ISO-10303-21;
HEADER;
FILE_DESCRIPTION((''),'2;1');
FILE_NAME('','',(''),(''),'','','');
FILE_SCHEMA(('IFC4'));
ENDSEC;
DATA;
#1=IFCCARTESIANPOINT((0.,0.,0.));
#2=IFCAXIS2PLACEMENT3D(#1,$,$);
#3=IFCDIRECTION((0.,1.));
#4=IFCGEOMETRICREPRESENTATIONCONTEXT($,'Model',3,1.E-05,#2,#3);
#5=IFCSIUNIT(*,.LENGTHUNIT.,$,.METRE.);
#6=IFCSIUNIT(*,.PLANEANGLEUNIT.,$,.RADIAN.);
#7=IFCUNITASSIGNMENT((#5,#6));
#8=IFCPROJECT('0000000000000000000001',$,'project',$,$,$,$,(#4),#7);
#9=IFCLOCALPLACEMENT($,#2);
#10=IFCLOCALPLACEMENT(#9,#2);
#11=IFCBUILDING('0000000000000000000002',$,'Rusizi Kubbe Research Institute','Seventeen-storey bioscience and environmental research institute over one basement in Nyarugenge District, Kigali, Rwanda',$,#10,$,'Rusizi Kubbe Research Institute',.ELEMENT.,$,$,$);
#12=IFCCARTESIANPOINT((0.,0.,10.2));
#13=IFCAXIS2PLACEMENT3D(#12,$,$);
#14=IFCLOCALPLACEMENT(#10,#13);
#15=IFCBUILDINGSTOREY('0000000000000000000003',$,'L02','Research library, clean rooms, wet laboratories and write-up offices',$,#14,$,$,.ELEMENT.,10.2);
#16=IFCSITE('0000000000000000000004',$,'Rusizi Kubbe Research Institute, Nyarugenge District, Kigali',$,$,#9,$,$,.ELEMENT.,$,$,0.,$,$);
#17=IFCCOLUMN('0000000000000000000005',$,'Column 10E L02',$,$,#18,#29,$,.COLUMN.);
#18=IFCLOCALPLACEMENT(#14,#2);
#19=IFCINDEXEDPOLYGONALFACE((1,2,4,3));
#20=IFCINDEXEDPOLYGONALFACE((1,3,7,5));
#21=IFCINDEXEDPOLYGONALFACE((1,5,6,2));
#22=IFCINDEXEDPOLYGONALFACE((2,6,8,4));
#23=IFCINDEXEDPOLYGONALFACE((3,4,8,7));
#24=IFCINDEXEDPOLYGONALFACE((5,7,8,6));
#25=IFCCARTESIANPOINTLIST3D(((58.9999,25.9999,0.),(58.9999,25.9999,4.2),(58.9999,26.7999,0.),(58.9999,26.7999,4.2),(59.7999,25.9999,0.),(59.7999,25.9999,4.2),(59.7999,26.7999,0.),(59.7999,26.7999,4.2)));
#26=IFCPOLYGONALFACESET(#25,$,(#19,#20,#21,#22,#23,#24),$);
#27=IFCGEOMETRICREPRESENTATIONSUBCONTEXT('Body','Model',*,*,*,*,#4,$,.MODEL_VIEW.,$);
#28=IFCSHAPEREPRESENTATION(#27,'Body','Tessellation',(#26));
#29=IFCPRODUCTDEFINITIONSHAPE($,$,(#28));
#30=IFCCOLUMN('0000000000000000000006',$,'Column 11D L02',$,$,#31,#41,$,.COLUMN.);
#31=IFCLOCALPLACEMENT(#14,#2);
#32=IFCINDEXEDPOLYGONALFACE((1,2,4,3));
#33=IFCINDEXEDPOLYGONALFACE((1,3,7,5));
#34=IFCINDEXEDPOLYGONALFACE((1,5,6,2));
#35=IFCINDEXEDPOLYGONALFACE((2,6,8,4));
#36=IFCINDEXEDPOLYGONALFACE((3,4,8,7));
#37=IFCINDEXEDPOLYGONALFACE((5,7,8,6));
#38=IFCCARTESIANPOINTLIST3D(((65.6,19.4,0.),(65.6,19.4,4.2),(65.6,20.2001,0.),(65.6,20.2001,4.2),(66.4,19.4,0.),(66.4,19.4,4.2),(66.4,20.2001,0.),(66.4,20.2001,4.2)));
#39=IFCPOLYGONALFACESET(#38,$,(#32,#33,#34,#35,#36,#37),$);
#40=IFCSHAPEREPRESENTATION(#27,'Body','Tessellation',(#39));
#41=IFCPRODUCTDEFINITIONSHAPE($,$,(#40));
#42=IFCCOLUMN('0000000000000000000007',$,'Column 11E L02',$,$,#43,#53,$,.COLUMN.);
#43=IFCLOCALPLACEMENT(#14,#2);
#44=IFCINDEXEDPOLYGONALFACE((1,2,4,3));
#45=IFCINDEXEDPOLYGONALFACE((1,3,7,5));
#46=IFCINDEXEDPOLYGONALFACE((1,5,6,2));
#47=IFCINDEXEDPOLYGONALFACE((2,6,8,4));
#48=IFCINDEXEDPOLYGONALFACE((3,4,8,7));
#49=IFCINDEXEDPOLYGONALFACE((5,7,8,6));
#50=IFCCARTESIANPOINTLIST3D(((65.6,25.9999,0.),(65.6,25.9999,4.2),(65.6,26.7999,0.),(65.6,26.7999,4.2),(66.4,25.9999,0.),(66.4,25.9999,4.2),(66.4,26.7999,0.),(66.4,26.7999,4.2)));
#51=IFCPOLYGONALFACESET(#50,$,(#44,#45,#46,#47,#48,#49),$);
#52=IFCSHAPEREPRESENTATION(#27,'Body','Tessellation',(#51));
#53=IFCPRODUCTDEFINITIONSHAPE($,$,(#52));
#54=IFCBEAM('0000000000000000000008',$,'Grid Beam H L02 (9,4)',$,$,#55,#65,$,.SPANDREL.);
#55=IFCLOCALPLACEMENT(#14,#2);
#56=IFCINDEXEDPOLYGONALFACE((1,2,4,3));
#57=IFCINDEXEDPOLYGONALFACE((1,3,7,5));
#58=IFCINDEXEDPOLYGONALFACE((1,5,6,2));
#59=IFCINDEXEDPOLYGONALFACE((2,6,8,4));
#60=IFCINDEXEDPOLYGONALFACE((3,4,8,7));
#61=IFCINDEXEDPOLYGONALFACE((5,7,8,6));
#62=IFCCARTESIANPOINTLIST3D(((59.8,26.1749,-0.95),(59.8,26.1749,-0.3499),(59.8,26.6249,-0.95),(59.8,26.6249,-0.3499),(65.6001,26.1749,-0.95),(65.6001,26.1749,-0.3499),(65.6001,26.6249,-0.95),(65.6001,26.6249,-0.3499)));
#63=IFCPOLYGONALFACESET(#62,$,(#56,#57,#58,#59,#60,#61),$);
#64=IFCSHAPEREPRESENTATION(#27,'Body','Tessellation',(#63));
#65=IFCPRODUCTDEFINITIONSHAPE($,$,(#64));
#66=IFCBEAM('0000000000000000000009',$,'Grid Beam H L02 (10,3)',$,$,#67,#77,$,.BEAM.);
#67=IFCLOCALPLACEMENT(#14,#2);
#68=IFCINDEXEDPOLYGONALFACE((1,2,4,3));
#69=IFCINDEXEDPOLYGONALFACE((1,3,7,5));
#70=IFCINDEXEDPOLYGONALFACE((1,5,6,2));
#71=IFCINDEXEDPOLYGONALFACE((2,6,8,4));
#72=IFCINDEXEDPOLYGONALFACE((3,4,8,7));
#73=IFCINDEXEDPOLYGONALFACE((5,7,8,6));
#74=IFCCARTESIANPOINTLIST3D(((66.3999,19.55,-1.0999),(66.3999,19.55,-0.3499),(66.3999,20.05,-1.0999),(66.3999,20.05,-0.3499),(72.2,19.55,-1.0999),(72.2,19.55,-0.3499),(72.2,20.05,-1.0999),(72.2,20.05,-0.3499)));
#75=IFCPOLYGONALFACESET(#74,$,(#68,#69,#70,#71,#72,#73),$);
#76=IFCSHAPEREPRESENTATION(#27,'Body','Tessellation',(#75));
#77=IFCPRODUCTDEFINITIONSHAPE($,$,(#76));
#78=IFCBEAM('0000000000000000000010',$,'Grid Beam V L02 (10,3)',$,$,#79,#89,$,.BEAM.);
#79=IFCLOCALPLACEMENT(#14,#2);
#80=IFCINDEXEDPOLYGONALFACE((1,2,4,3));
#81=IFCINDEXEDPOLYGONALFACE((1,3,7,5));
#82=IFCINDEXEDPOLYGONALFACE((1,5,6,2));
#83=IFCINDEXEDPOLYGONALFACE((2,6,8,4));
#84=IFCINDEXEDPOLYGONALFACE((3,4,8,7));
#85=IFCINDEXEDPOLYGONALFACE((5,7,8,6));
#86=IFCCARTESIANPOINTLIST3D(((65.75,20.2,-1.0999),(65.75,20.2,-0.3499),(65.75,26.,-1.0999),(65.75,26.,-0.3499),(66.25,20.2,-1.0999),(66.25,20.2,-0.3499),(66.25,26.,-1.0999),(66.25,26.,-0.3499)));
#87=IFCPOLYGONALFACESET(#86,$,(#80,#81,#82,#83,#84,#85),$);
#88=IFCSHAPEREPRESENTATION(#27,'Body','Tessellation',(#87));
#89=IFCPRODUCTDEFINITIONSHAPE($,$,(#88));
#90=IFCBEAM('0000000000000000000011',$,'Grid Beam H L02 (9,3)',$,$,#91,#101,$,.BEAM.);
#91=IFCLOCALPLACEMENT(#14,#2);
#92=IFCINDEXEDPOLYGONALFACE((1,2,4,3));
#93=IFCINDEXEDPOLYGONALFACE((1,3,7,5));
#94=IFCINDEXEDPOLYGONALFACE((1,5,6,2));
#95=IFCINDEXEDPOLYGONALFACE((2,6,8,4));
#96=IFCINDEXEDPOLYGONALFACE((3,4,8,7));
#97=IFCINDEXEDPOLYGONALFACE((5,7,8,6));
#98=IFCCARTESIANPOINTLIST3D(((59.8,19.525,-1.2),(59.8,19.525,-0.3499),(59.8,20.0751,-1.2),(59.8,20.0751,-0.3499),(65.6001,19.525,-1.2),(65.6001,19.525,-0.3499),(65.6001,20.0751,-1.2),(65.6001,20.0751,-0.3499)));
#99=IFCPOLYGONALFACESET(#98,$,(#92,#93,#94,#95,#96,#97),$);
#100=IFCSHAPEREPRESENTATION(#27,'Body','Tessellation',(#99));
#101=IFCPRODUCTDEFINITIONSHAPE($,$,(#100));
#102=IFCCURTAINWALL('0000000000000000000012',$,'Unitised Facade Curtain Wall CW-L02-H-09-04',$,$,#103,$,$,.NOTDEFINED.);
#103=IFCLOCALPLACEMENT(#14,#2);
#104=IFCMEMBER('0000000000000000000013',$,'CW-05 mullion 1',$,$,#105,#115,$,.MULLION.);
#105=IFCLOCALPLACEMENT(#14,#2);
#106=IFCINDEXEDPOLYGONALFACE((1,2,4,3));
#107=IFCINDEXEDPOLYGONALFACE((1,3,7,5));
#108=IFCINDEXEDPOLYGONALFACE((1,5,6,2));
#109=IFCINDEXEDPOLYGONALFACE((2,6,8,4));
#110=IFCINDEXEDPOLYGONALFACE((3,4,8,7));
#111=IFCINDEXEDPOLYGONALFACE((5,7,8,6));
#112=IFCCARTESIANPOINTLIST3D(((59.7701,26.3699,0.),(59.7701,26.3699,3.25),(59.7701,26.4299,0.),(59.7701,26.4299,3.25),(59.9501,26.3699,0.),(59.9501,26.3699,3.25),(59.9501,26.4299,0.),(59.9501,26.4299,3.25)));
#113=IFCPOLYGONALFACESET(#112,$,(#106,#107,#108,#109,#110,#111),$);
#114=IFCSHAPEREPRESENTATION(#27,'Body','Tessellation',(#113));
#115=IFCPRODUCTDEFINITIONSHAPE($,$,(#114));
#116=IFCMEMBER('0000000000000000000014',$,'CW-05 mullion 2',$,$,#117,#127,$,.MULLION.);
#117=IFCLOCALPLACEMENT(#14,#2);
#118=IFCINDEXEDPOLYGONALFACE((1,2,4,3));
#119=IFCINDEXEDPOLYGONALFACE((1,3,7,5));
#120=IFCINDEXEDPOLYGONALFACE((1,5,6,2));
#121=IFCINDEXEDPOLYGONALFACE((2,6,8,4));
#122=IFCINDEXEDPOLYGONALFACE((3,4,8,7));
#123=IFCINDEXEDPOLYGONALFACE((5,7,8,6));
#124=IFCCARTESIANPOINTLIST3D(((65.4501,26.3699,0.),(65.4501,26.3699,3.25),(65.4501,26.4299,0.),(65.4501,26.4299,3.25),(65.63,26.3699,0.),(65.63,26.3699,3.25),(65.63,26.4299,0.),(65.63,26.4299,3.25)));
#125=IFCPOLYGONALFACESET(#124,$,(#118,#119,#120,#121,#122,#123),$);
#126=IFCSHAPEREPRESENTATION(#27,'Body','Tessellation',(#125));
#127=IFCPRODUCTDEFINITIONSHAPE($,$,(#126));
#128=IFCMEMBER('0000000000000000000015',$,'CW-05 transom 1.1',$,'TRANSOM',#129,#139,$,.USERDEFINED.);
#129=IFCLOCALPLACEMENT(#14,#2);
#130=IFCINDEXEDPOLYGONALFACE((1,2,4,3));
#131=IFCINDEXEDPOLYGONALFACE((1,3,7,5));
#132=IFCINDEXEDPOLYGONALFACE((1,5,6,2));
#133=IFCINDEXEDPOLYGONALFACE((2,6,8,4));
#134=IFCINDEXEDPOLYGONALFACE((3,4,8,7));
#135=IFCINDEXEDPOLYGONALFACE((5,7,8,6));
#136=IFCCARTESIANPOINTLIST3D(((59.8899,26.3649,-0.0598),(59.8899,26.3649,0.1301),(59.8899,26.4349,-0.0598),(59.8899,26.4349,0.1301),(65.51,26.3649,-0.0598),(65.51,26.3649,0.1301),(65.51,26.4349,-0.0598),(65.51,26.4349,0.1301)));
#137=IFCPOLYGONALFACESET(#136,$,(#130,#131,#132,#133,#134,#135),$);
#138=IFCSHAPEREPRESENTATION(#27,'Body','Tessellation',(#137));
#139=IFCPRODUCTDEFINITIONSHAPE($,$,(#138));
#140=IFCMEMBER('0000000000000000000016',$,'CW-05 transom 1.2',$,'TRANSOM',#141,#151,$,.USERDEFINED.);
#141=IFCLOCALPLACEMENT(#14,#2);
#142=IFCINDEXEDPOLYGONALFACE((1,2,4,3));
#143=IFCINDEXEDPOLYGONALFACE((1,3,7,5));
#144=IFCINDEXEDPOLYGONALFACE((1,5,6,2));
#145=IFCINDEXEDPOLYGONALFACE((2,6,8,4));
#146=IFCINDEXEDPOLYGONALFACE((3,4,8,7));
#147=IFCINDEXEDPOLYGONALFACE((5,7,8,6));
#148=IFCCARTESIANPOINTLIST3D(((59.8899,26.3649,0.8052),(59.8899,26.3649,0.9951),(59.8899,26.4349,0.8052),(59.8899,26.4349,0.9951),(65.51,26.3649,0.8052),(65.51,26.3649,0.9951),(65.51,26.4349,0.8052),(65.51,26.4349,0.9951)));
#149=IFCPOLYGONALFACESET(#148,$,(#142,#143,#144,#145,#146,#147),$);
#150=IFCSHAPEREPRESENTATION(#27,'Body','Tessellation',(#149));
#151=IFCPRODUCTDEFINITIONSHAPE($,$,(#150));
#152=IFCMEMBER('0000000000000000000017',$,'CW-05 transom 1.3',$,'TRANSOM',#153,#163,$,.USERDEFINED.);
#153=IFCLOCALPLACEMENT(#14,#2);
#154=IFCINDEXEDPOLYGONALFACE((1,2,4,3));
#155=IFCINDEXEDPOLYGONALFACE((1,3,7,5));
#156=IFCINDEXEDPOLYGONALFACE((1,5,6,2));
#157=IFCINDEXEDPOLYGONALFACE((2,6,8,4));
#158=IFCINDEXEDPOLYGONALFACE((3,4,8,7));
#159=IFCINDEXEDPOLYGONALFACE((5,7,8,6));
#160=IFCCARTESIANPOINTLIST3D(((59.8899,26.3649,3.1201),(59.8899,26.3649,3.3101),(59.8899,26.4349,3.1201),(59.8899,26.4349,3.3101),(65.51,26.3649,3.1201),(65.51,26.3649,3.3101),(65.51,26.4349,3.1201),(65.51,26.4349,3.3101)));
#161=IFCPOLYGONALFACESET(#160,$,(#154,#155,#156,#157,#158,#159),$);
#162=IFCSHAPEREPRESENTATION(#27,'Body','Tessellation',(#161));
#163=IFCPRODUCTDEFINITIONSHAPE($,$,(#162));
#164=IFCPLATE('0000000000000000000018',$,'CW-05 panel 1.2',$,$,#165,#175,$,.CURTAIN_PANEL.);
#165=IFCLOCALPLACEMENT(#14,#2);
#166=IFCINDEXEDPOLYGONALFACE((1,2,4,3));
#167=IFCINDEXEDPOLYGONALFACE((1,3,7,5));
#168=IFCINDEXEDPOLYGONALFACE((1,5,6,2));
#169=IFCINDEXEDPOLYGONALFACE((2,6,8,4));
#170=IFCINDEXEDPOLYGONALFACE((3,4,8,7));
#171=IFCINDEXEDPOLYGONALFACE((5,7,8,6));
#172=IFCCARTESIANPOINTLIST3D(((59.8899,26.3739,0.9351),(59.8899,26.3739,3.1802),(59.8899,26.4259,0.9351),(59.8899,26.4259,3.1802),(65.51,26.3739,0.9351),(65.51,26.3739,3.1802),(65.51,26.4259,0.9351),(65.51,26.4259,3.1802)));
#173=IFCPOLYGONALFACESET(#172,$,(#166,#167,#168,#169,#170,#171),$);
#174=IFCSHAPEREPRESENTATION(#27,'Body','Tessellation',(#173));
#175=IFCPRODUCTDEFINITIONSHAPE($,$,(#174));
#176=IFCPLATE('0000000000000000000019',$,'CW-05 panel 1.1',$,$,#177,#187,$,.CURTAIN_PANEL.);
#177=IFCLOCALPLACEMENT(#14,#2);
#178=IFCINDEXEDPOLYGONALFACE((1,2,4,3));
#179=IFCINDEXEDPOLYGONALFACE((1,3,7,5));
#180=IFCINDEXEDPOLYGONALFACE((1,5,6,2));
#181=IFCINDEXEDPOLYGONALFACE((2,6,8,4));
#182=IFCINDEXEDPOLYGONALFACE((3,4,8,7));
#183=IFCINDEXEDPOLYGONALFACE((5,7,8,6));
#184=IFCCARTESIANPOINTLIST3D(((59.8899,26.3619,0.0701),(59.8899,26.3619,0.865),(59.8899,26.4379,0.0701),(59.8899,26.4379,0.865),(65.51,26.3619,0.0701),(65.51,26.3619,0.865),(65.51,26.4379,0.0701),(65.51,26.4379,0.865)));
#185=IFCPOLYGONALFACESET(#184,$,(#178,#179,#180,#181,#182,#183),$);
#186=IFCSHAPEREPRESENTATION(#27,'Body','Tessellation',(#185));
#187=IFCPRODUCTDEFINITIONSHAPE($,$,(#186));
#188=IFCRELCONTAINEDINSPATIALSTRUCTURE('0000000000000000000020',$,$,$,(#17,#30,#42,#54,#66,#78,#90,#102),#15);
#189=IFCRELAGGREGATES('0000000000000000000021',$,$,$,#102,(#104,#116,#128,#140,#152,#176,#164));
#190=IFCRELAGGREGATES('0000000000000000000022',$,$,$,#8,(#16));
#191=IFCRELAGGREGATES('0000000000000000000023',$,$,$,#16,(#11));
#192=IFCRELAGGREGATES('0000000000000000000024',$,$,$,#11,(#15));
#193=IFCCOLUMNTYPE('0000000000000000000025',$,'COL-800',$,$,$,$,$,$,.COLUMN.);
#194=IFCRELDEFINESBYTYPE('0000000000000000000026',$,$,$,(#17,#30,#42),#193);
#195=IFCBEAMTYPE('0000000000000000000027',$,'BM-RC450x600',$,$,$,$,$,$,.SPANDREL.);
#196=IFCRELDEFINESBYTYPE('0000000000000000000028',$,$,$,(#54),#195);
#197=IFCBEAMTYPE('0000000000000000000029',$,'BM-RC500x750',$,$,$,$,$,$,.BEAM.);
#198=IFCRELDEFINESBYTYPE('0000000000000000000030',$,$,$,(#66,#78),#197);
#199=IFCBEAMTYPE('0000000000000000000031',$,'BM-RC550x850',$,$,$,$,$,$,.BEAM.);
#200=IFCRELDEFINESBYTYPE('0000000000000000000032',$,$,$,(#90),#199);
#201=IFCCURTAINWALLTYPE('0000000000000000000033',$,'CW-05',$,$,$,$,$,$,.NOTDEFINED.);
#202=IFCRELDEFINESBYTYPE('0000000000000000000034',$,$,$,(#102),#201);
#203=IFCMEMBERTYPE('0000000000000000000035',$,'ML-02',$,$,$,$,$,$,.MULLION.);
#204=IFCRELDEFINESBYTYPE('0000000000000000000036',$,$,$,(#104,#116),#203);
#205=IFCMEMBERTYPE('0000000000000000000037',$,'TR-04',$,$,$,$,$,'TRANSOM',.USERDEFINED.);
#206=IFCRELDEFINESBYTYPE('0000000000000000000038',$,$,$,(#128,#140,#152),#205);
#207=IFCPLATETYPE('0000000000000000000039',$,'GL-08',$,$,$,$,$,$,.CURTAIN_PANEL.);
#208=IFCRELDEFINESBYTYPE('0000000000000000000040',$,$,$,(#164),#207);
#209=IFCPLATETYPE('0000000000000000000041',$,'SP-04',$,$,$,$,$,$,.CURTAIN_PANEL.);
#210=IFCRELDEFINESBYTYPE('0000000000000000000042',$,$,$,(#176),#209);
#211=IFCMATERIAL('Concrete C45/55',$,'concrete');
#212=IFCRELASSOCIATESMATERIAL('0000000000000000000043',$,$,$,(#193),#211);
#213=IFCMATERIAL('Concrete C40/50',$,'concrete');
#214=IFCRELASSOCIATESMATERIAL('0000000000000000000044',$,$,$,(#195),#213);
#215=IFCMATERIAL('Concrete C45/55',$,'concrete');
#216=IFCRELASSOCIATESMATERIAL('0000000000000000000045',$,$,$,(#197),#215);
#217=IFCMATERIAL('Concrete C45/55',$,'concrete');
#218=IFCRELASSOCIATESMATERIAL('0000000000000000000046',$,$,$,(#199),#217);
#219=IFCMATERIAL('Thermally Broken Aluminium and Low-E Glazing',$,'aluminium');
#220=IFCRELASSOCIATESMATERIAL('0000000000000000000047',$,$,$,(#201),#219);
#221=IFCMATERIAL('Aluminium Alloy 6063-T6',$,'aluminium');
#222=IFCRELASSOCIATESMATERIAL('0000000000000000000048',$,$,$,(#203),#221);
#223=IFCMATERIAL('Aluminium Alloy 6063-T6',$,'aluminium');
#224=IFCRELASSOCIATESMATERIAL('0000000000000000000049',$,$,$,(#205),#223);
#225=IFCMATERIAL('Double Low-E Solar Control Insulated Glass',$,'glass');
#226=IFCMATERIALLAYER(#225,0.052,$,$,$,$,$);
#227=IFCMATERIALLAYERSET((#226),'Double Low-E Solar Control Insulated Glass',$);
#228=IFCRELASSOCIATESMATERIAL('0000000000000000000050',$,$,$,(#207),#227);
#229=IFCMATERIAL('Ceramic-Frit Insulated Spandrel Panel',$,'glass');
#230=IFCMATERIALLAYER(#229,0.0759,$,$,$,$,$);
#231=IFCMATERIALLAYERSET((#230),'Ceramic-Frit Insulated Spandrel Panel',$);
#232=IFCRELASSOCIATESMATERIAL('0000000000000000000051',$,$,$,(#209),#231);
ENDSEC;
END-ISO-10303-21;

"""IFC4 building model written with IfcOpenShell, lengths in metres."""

from ifc_helpers import new_model, si_unit, direction, frame, origin, origin_2d, place, context, subcontext, project, spatial, rectangle, extrude, material, layer, layer_set, material_profile, profile_set, type_object, element, aggregate, save


model = new_model("IFC4")

# Units and contexts
model_context = context("Model", 3, precision=1e-05, world=origin(), true_north=direction((0.0, 1.0)))
body_context = subcontext(model_context, "Body", "Model", "MODEL_VIEW")
ifc_project = project(units=[si_unit("LENGTHUNIT", "METRE"), si_unit("PLANEANGLEUNIT", "RADIAN")], contexts=[model_context])

# Site, building, storey
site_placement = place(None, origin())
site = spatial("IfcSite", under=ifc_project, at=site_placement, Name="Rusizi Kubbe Research Institute, Nyarugenge District, Kigali", CompositionType="ELEMENT", RefElevation=0.0)
building_placement = place(site_placement, origin())
building = spatial("IfcBuilding", under=site, at=building_placement, Name="Rusizi Kubbe Research Institute", Description="Seventeen-storey bioscience and environmental research institute over one basement in Nyarugenge District, Kigali, Rwanda", LongName="Rusizi Kubbe Research Institute", CompositionType="ELEMENT")
storey_placement = place(building_placement, frame((0.0, 0.0, 10.2)))
storey = spatial("IfcBuildingStorey", under=building, at=storey_placement, Name="L02", Description="Research library, clean rooms, wet laboratories and write-up offices", CompositionType="ELEMENT", Elevation=10.2)

# Columns
ifc_material_1 = material(Name="Concrete C45/55", Category="concrete")
ifc_material_profile_1 = material_profile(ifc_material_1, rectangle(XDim=0.8, YDim=0.8, at=origin_2d()), Name="RC800x800")
ifc_profile_set_1 = profile_set([ifc_material_profile_1], Name="Concrete C45/55")
column_type = type_object("IfcColumnType", Name="COL-800", PredefinedType="COLUMN", material=ifc_profile_set_1)
for number, where, z_axis, x_axis, name in (
    (1, (59.3999, 26.3999, 0.0), (0.0, 0.0, 1.0), (1.0, 0.0, 0.0), "Column 10E L02"),
    (2, (66.0, 19.8, 0.0), (0.0, 0.0, 1.0), (1.0, 0.0, 0.0), "Column 11D L02"),
    (3, (66.0, 26.3999, 0.0), (0.0, 0.0, 1.0), (1.0, 0.0, 0.0), "Column 11E L02"),
):
    element("IfcColumn", number, at=place(storey_placement, frame(where, z_axis=z_axis, x_axis=x_axis)), inside=storey, type_object=column_type, Name=name, PredefinedType="COLUMN", context=body_context, shape_type="SweptSolid", body=[
        extrude(rectangle(XDim=0.8, YDim=0.8, at=origin_2d()), origin(), (0.0, 0.0, 1.0), 4.2),
    ])

# Beams
ifc_material_2 = material(Name="Concrete C40/50", Category="concrete")
ifc_material_profile_2 = material_profile(ifc_material_2, rectangle(XDim=0.45, YDim=0.6001, at=origin_2d()), Name="RC450x600")
ifc_profile_set_2 = profile_set([ifc_material_profile_2], Name="Concrete C40/50")
beam_type_1 = type_object("IfcBeamType", Name="BM-RC450x600", PredefinedType="SPANDREL", material=ifc_profile_set_2)
beam_1_placement = place(storey_placement, frame((59.8, 26.3999, -0.6499), z_axis=(1.0, 0.0, 0.0), x_axis=(0.0, 1.0, 0.0)))
element("IfcBeam", 4, at=beam_1_placement, inside=storey, type_object=beam_type_1, Name="Grid Beam H L02 (9,4)", PredefinedType="SPANDREL", context=body_context, shape_type="SweptSolid", body=[
    extrude(rectangle(XDim=0.45, YDim=0.6001, at=origin_2d()), origin(), (0.0, 0.0, 1.0), 5.8),
])
ifc_material_3 = material(Name="Concrete C45/55", Category="concrete")
ifc_material_profile_3 = material_profile(ifc_material_3, rectangle(XDim=0.5, YDim=0.75, at=origin_2d()), Name="RC500x750B")
ifc_profile_set_3 = profile_set([ifc_material_profile_3], Name="Concrete C45/55")
beam_type_2 = type_object("IfcBeamType", Name="BM-RC500x750", PredefinedType="BEAM", material=ifc_profile_set_3)
for number, where, z_axis, x_axis, name in (
    (5, (66.3999, 19.8, -0.7249), (1.0, 0.0, 0.0), (0.0, 1.0, 0.0), "Grid Beam H L02 (10,3)"),
    (6, (66.0, 20.2, -0.7249), (0.0, 1.0, 0.0), (-1.0, 0.0, 0.0), "Grid Beam V L02 (10,3)"),
):
    element("IfcBeam", number, at=place(storey_placement, frame(where, z_axis=z_axis, x_axis=x_axis)), inside=storey, type_object=beam_type_2, Name=name, PredefinedType="BEAM", context=body_context, shape_type="SweptSolid", body=[
        extrude(rectangle(XDim=0.5, YDim=0.75, at=origin_2d()), origin(), (0.0, 0.0, 1.0), 5.8),
    ])
ifc_material_4 = material(Name="Concrete C45/55", Category="concrete")
ifc_material_profile_4 = material_profile(ifc_material_4, rectangle(XDim=0.55, YDim=0.8501, at=origin_2d()), Name="RC550x850")
ifc_profile_set_4 = profile_set([ifc_material_profile_4], Name="Concrete C45/55")
beam_type_3 = type_object("IfcBeamType", Name="BM-RC550x850", PredefinedType="BEAM", material=ifc_profile_set_4)
beam_2_placement = place(storey_placement, frame((59.8, 19.8, -0.7749), z_axis=(1.0, 0.0, 0.0), x_axis=(0.0, 1.0, 0.0)))
element("IfcBeam", 7, at=beam_2_placement, inside=storey, type_object=beam_type_3, Name="Grid Beam H L02 (9,3)", PredefinedType="BEAM", context=body_context, shape_type="SweptSolid", body=[
    extrude(rectangle(XDim=0.55, YDim=0.8501, at=origin_2d()), origin(), (0.0, 0.0, 1.0), 5.8),
])

# Curtain wall, members, plates
ifc_material_5 = material(Name="Thermally Broken Aluminium and Low-E Glazing", Category="aluminium")
curtain_wall_type = type_object("IfcCurtainWallType", Name="CW-05", PredefinedType="NOTDEFINED", material=ifc_material_5)
curtain_wall_placement = place(storey_placement, origin())
curtain_wall = element("IfcCurtainWall", 8, at=curtain_wall_placement, inside=storey, type_object=curtain_wall_type, Name="Unitised Facade Curtain Wall CW-L02-H-09-04", PredefinedType="NOTDEFINED")
ifc_material_6 = material(Name="Aluminium Alloy 6063-T6", Category="aluminium")
ifc_material_profile_5 = material_profile(ifc_material_6, rectangle(XDim=0.0601, YDim=0.1799, at=origin_2d()), Name="ALU-M 60x180")
ifc_profile_set_5 = profile_set([ifc_material_profile_5], Name="Aluminium Alloy 6063-T6")
member_type_1 = type_object("IfcMemberType", Name="ML-02", PredefinedType="MULLION", material=ifc_profile_set_5)
member_1_placement = place(storey_placement, frame((59.8601, 26.3999, 0.0), z_axis=(0.0, 0.0, 1.0), x_axis=(0.0, 1.0, 0.0)))
member_1 = element("IfcMember", 9, at=member_1_placement, type_object=member_type_1, Name="CW-05 mullion 1", PredefinedType="MULLION", context=body_context, shape_type="SweptSolid", body=[
    extrude(rectangle(XDim=0.0601, YDim=0.1799, at=origin_2d()), origin(), (0.0, 0.0, 1.0), 3.25),
])
member_2_placement = place(storey_placement, frame((65.54, 26.3999, 0.0), z_axis=(0.0, 0.0, 1.0), x_axis=(0.0, 1.0, 0.0)))
member_2 = element("IfcMember", 10, at=member_2_placement, type_object=member_type_1, Name="CW-05 mullion 2", PredefinedType="MULLION", context=body_context, shape_type="SweptSolid", body=[
    extrude(rectangle(XDim=0.0601, YDim=0.1799, at=origin_2d()), origin(), (0.0, 0.0, 1.0), 3.25),
])
ifc_material_7 = material(Name="Aluminium Alloy 6063-T6", Category="aluminium")
ifc_material_profile_6 = material_profile(ifc_material_7, rectangle(XDim=0.0701, YDim=0.1899, at=origin_2d()), Name="ALU-T 70x190")
ifc_profile_set_6 = profile_set([ifc_material_profile_6], Name="Aluminium Alloy 6063-T6")
member_type_2 = type_object("IfcMemberType", Name="TR-04", ElementType="TRANSOM", PredefinedType="USERDEFINED", material=ifc_profile_set_6)
member_3_placement = place(storey_placement, frame((59.8899, 26.3999, 0.0352), z_axis=(1.0, 0.0, 0.0), x_axis=(0.0, 1.0, 0.0)))
member_3 = element("IfcMember", 11, at=member_3_placement, type_object=member_type_2, Name="CW-05 transom 1.1", ObjectType="TRANSOM", PredefinedType="USERDEFINED", context=body_context, shape_type="SweptSolid", body=[
    extrude(rectangle(XDim=0.0701, YDim=0.1899, at=origin_2d()), origin(), (0.0, 0.0, 1.0), 5.6201),
])
member_4_placement = place(storey_placement, frame((59.8899, 26.3999, 0.9001), z_axis=(1.0, 0.0, 0.0), x_axis=(0.0, 1.0, 0.0)))
member_4 = element("IfcMember", 12, at=member_4_placement, type_object=member_type_2, Name="CW-05 transom 1.2", ObjectType="TRANSOM", PredefinedType="USERDEFINED", context=body_context, shape_type="SweptSolid", body=[
    extrude(rectangle(XDim=0.0701, YDim=0.1899, at=origin_2d()), origin(), (0.0, 0.0, 1.0), 5.6201),
])
member_5_placement = place(storey_placement, frame((59.8899, 26.3999, 3.2151), z_axis=(1.0, 0.0, 0.0), x_axis=(0.0, 1.0, 0.0)))
member_5 = element("IfcMember", 13, at=member_5_placement, type_object=member_type_2, Name="CW-05 transom 1.3", ObjectType="TRANSOM", PredefinedType="USERDEFINED", context=body_context, shape_type="SweptSolid", body=[
    extrude(rectangle(XDim=0.0701, YDim=0.1899, at=origin_2d()), origin(), (0.0, 0.0, 1.0), 5.6201),
])
ifc_material_8 = material(Name="Double Low-E Solar Control Insulated Glass", Category="glass")
ifc_layer_1 = layer(ifc_material_8, 0.052)
ifc_layer_set_1 = layer_set([ifc_layer_1], Name="Double Low-E Solar Control Insulated Glass")
plate_type_1 = type_object("IfcPlateType", Name="GL-08", PredefinedType="CURTAIN_PANEL", material=ifc_layer_set_1)
plate_1_placement = place(storey_placement, frame((62.7, 26.3999, 0.9351), z_axis=(0.0, 0.0, 1.0), x_axis=(1.0, 0.0, 0.0)))
plate_1 = element("IfcPlate", 14, at=plate_1_placement, type_object=plate_type_1, Name="CW-05 panel 1.2", PredefinedType="CURTAIN_PANEL", context=body_context, shape_type="SweptSolid", body=[
    extrude(rectangle(XDim=5.6201, YDim=0.052, at=origin_2d()), origin(), (0.0, 0.0, 1.0), 2.2451),
])
ifc_material_9 = material(Name="Ceramic-Frit Insulated Spandrel Panel", Category="glass")
ifc_layer_2 = layer(ifc_material_9, 0.0759)
ifc_layer_set_2 = layer_set([ifc_layer_2], Name="Ceramic-Frit Insulated Spandrel Panel")
plate_type_2 = type_object("IfcPlateType", Name="SP-04", PredefinedType="CURTAIN_PANEL", material=ifc_layer_set_2)
plate_2_placement = place(storey_placement, frame((62.7, 26.3999, 0.0701), z_axis=(0.0, 0.0, 1.0), x_axis=(1.0, 0.0, 0.0)))
plate_2 = element("IfcPlate", 15, at=plate_2_placement, type_object=plate_type_2, Name="CW-05 panel 1.1", PredefinedType="CURTAIN_PANEL", context=body_context, shape_type="SweptSolid", body=[
    extrude(rectangle(XDim=5.6201, YDim=0.0759, at=origin_2d()), origin(), (0.0, 0.0, 1.0), 0.7949),
])
aggregate(curtain_wall, [member_1, member_2, member_3, member_4, member_5, plate_2, plate_1])

save(model, "model.ifc")
